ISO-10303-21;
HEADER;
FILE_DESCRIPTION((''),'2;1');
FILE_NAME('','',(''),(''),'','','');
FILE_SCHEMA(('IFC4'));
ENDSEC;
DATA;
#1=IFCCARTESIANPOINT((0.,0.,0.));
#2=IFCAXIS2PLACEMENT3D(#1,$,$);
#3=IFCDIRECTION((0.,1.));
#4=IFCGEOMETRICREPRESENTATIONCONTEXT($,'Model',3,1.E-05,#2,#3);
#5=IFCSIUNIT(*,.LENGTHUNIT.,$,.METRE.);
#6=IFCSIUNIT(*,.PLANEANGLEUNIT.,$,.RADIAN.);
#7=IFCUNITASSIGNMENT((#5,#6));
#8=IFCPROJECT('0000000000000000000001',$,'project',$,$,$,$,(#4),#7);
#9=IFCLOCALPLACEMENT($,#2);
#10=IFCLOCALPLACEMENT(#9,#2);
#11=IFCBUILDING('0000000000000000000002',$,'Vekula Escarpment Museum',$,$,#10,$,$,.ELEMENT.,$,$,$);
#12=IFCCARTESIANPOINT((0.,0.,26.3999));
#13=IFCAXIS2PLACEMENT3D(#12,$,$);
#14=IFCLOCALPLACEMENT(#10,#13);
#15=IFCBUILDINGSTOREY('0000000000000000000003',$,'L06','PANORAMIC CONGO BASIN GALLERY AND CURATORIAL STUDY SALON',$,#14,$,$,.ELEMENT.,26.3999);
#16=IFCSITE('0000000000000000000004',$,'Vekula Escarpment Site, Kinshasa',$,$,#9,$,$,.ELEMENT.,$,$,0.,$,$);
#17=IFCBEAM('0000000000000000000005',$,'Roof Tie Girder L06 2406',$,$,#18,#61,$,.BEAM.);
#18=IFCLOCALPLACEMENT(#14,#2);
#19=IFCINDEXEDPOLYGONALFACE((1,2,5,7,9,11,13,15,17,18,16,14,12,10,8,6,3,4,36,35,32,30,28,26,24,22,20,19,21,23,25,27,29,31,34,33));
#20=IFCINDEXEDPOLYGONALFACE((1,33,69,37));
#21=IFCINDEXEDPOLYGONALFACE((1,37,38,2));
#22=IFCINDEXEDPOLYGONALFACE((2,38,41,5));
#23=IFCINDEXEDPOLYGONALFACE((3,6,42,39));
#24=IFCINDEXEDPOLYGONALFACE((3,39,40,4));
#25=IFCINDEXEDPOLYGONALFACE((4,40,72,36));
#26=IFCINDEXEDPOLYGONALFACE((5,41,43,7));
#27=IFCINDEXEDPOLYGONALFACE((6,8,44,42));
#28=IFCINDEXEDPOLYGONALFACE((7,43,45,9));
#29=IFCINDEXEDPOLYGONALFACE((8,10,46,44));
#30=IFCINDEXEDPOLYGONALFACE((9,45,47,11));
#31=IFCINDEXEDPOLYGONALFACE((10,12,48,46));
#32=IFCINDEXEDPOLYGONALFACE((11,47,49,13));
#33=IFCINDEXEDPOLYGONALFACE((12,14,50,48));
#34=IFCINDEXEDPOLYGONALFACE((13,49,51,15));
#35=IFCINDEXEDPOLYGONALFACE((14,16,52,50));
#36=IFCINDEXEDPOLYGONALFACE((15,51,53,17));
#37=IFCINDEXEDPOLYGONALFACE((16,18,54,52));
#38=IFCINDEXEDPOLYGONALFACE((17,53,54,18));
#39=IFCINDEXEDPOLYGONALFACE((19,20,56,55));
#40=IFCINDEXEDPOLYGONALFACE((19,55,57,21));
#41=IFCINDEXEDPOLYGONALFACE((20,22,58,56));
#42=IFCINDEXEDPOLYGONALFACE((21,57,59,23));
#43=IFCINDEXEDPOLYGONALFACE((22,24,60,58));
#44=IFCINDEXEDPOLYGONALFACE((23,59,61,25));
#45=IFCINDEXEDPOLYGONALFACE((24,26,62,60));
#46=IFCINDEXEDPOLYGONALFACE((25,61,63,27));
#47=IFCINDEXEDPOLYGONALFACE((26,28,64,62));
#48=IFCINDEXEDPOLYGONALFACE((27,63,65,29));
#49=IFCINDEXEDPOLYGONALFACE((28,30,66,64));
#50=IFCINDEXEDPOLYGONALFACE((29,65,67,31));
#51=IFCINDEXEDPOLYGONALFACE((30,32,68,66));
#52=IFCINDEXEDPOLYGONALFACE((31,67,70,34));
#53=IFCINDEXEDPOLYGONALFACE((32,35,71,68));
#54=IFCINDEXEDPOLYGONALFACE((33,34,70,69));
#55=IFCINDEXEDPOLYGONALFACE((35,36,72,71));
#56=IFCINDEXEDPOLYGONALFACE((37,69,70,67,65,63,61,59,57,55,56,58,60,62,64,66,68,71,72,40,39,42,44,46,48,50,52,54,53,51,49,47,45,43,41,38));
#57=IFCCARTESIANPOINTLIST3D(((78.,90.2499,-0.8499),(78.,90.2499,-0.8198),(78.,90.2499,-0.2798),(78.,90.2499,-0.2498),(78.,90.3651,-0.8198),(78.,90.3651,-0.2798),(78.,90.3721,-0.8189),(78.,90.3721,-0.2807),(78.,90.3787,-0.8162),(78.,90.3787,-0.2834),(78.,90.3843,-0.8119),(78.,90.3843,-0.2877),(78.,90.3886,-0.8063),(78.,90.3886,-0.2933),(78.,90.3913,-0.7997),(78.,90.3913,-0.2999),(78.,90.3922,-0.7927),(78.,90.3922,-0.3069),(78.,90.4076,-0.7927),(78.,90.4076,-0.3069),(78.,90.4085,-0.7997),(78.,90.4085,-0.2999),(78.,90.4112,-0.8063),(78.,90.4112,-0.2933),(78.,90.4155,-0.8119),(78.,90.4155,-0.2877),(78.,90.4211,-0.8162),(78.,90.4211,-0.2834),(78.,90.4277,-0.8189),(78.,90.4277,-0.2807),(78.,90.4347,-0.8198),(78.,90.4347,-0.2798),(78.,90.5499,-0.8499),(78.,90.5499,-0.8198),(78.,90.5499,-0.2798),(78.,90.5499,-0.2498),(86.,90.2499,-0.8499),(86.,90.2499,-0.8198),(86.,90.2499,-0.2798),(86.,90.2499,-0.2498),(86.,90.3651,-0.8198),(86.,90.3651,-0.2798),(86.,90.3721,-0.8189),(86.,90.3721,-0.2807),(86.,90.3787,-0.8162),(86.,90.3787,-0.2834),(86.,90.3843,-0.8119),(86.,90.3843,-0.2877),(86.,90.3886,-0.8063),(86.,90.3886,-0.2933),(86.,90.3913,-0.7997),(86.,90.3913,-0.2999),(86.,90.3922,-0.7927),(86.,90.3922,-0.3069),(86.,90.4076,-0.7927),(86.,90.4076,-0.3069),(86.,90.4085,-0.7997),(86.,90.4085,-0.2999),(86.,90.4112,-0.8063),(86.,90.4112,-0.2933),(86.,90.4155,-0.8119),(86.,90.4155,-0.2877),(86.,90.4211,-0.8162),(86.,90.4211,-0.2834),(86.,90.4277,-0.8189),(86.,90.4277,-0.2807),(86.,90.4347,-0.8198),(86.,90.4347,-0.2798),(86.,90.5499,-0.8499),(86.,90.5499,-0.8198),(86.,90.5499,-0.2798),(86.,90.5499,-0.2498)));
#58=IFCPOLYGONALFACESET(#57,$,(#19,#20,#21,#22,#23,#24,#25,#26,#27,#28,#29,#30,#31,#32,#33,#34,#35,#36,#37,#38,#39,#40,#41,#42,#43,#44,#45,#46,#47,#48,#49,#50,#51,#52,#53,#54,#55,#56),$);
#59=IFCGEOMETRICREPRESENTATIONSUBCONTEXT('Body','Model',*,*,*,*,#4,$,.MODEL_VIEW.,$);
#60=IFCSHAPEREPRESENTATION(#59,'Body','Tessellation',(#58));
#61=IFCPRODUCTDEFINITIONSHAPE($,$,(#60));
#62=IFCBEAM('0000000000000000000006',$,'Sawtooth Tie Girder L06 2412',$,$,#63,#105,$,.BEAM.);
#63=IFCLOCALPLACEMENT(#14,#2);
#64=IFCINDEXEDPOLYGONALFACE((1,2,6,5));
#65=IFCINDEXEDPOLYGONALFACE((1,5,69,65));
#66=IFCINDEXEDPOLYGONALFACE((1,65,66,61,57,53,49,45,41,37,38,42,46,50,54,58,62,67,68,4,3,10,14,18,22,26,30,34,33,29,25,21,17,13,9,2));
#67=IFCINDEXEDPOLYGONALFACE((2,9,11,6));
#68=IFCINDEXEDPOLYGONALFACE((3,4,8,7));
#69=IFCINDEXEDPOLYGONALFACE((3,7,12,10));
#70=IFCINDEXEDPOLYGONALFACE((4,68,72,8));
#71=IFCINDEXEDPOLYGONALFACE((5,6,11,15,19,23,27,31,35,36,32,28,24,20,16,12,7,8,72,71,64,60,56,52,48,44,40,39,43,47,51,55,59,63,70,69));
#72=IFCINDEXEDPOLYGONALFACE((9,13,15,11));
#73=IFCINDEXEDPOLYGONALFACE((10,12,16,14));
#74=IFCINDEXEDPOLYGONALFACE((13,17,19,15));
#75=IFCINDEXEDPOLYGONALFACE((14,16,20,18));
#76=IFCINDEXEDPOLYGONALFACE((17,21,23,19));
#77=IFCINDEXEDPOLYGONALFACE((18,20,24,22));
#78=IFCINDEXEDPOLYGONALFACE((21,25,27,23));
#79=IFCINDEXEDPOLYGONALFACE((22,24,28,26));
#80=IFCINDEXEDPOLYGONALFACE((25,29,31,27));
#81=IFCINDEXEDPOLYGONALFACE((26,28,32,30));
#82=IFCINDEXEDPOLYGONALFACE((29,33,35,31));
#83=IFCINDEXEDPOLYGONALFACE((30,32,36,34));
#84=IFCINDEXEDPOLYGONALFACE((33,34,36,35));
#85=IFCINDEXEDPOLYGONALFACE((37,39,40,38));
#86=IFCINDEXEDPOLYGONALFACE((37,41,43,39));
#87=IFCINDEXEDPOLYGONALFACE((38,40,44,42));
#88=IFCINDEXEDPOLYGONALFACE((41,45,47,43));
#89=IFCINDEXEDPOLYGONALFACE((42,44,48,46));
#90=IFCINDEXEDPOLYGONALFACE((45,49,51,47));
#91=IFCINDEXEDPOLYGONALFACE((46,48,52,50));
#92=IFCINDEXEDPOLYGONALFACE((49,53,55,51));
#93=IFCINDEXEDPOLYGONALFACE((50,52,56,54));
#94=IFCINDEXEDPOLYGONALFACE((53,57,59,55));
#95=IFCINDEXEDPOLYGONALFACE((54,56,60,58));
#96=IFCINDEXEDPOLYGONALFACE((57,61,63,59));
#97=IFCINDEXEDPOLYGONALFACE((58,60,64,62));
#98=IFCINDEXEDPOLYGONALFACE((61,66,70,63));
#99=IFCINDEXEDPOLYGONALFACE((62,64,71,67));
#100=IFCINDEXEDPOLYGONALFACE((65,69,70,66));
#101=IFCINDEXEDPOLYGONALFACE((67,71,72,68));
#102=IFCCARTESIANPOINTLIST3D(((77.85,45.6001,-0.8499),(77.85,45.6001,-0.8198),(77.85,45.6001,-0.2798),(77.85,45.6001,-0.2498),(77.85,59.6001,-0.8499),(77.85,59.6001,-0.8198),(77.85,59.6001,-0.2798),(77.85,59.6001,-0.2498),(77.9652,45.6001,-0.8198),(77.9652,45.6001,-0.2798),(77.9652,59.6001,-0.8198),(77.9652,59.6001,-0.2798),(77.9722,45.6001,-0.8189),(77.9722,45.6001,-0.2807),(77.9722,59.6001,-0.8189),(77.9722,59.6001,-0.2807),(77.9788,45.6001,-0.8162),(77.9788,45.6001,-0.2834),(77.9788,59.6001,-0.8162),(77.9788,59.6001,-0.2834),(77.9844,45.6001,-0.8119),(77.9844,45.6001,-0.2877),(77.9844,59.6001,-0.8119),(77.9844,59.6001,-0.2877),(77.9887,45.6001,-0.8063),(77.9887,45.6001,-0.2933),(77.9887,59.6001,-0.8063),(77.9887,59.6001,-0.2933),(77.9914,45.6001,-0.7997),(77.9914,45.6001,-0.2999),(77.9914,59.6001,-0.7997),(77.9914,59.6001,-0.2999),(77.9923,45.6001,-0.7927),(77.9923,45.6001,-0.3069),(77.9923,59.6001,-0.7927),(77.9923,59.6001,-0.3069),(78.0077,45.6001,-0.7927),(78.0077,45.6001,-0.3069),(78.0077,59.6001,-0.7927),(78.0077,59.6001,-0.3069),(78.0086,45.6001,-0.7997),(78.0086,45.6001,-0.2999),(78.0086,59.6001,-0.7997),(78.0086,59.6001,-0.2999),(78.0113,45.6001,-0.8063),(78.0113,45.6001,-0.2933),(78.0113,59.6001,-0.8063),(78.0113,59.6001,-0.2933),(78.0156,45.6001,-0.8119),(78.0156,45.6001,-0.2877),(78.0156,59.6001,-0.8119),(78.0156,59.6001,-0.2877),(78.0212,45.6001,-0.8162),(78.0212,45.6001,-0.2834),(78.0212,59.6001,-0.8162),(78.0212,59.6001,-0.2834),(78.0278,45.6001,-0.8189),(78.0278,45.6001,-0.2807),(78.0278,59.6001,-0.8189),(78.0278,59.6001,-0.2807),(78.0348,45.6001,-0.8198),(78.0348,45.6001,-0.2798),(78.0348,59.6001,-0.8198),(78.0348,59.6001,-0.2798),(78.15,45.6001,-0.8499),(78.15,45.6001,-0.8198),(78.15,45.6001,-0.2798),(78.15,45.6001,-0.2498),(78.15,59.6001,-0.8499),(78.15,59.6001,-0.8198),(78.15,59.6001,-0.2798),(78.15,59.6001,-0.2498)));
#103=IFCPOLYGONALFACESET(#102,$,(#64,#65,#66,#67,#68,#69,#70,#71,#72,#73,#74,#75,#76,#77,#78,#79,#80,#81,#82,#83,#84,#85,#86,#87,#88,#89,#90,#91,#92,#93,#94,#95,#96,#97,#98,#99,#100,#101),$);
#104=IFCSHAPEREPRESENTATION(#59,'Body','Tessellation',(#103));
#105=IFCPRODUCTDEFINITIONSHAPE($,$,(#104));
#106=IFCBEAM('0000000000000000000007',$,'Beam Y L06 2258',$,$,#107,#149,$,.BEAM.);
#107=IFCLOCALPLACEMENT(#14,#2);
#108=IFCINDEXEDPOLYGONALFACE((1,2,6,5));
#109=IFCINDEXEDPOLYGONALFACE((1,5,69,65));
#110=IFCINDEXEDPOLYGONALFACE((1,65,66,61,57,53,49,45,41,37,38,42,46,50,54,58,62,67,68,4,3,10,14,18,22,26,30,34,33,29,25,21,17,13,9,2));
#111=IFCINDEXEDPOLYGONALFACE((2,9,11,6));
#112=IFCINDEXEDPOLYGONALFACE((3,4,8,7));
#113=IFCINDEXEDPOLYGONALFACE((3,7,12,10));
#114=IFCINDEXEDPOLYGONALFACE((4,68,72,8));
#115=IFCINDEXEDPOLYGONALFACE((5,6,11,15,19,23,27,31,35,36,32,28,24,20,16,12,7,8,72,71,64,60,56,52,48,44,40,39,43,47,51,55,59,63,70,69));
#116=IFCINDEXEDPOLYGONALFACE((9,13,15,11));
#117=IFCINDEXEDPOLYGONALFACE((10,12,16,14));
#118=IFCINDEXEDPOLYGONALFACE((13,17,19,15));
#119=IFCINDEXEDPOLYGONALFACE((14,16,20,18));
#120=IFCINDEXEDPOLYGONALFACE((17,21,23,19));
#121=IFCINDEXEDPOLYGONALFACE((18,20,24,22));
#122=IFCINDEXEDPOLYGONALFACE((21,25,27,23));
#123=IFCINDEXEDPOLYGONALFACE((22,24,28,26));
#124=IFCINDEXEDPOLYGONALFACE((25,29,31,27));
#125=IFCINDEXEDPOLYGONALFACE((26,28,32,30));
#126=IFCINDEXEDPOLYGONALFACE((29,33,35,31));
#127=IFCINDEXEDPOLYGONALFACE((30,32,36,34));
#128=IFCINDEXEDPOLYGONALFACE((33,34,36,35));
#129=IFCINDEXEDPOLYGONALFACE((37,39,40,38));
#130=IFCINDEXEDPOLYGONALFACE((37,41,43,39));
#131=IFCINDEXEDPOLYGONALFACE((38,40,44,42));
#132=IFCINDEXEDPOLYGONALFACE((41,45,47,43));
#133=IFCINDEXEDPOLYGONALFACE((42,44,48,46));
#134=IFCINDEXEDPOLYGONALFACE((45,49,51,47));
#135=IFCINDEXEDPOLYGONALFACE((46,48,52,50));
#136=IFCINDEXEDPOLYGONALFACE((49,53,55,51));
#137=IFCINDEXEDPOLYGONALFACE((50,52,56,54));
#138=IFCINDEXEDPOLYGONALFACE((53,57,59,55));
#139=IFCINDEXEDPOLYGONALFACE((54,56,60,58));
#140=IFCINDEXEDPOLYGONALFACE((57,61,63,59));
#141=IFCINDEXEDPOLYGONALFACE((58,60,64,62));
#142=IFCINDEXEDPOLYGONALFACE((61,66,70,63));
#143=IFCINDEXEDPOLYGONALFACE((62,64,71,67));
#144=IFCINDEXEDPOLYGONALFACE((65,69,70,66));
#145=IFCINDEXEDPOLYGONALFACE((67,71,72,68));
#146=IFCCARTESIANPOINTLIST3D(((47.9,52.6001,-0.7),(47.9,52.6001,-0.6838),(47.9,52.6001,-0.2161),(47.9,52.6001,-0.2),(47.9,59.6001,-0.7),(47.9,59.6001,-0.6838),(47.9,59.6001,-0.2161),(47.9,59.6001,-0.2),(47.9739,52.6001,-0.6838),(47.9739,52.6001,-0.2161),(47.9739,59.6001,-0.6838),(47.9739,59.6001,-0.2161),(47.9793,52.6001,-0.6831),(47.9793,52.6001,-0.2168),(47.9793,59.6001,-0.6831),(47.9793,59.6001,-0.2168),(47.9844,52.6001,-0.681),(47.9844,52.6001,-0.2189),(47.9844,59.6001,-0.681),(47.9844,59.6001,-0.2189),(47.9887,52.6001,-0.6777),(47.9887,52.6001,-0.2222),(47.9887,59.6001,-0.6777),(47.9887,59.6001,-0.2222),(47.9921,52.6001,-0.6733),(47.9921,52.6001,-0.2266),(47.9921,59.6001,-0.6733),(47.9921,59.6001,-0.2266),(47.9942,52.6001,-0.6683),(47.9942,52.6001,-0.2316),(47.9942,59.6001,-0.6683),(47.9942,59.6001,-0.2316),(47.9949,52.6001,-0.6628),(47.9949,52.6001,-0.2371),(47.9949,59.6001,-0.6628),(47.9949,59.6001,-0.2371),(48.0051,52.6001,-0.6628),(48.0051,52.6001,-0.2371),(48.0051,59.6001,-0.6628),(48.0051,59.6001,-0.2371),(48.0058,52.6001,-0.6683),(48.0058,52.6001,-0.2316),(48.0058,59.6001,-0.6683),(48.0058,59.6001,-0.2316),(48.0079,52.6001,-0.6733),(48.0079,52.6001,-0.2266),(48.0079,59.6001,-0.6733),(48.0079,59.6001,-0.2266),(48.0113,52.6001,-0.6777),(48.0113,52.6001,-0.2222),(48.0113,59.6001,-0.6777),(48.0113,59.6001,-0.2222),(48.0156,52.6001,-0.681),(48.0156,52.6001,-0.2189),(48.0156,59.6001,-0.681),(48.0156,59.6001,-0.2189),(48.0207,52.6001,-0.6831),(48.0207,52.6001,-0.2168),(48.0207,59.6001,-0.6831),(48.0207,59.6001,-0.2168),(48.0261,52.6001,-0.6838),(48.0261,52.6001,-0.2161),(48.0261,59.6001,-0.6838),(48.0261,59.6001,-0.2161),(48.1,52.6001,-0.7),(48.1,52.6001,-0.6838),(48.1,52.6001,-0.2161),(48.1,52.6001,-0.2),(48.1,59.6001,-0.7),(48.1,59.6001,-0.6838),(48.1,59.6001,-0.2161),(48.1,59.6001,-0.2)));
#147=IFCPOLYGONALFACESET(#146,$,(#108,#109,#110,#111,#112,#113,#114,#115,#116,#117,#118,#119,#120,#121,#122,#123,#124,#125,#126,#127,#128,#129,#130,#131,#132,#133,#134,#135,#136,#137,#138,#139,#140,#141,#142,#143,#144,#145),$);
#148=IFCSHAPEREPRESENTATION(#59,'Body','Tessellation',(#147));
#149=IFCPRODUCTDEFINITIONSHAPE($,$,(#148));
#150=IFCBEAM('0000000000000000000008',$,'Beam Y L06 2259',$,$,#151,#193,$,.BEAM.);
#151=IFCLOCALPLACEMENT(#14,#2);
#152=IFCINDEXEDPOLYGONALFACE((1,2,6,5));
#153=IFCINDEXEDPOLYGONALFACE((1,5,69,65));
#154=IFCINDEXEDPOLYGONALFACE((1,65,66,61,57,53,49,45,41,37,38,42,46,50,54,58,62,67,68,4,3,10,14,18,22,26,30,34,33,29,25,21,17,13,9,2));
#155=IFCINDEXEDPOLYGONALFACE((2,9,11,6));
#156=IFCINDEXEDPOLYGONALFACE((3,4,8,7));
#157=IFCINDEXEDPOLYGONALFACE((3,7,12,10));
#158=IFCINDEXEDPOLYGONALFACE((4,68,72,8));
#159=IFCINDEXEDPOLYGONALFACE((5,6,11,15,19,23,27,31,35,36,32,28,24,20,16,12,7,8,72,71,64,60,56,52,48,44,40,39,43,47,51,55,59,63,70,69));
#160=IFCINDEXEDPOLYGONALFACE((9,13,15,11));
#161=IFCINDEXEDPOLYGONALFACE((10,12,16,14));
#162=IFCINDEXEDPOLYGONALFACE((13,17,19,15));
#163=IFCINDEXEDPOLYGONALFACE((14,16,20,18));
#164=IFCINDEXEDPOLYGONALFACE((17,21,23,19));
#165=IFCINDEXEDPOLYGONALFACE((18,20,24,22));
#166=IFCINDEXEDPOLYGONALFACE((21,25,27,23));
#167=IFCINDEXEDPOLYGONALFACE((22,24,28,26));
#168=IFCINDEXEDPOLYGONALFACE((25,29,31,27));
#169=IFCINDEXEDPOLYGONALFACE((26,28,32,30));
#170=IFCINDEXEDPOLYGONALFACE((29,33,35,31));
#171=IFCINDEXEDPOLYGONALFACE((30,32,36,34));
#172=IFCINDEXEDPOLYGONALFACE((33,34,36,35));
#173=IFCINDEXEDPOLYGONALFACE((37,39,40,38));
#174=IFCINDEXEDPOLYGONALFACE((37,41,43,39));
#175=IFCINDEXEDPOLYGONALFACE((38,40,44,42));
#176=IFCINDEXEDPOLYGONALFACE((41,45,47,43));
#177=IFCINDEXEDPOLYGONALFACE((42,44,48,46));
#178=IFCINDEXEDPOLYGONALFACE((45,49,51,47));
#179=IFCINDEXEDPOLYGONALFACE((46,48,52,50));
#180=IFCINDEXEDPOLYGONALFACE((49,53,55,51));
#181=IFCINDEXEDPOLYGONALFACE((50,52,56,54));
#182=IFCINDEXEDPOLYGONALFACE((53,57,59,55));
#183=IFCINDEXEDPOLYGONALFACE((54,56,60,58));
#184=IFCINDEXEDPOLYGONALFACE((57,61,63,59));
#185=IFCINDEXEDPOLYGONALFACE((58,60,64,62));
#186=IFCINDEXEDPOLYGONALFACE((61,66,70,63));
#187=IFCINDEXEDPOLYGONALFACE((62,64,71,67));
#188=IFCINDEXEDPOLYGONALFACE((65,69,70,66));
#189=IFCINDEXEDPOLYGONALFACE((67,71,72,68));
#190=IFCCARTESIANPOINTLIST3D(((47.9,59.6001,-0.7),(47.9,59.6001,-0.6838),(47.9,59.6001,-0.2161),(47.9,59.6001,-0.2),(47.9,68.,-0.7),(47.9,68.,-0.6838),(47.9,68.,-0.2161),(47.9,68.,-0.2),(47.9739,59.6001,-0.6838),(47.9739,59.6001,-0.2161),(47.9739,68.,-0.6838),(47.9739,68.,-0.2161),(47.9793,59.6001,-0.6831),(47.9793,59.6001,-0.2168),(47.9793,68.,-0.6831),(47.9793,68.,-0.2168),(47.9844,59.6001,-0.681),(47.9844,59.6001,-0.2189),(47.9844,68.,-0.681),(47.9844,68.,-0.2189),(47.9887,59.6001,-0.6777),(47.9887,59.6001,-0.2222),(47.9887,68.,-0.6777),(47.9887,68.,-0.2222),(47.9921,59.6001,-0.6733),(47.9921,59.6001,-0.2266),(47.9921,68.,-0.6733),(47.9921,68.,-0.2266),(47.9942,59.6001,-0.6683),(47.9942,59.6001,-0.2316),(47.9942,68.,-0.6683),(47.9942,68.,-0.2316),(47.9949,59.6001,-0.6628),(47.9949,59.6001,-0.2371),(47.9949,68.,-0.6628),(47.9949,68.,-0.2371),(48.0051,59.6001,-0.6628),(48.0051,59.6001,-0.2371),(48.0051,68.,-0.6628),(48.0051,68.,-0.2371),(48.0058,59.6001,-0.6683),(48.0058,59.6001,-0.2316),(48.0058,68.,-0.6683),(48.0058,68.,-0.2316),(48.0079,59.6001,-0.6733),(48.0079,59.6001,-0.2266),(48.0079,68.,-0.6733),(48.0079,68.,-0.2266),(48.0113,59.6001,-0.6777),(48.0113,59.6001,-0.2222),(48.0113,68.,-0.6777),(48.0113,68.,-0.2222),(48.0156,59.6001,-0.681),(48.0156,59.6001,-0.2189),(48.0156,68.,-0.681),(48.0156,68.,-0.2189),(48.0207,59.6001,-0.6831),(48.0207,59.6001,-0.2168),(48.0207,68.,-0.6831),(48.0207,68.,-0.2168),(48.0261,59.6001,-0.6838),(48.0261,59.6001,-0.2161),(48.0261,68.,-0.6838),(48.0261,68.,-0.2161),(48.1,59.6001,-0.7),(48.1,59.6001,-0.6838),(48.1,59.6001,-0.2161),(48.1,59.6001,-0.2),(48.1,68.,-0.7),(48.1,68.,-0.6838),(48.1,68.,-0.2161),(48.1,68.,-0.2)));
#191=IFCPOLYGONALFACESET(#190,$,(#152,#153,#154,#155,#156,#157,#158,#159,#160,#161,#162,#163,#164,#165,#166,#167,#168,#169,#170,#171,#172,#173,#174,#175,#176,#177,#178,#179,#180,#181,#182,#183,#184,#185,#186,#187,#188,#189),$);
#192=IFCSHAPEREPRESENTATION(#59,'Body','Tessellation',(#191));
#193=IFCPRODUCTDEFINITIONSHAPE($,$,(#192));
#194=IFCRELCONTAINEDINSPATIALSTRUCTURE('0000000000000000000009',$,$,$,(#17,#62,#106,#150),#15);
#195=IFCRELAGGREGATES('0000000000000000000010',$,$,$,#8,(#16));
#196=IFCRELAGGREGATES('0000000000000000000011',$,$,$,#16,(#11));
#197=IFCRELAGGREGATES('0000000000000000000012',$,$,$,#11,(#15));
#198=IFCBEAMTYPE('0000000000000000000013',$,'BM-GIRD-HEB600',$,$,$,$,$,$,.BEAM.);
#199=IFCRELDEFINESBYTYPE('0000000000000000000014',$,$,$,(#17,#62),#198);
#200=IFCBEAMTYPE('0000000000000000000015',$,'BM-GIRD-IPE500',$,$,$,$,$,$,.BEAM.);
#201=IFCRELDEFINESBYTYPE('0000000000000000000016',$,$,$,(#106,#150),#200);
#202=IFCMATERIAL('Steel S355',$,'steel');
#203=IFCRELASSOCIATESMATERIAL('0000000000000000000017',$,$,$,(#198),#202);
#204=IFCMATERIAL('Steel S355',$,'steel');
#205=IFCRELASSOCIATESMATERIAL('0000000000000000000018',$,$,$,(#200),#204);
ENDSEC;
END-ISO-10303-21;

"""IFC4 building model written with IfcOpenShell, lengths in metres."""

from ifc_helpers import new_model, si_unit, direction, frame, origin, origin_2d, place, context, subcontext, project, spatial, i_section, extrude, material, material_profile, profile_set, type_object, element, save


model = new_model("IFC4")

# Units and contexts
model_context = context("Model", 3, precision=1e-05, world=origin(), true_north=direction((0.0, 1.0)))
body_context = subcontext(model_context, "Body", "Model", "MODEL_VIEW")
ifc_project = project(units=[si_unit("LENGTHUNIT", "METRE"), si_unit("PLANEANGLEUNIT", "RADIAN")], contexts=[model_context])

# Site, building, storey
site_placement = place(None, origin())
site = spatial("IfcSite", under=ifc_project, at=site_placement, Name="Vekula Escarpment Site, Kinshasa", CompositionType="ELEMENT", RefElevation=0.0)
building_placement = place(site_placement, origin())
building = spatial("IfcBuilding", under=site, at=building_placement, Name="Vekula Escarpment Museum", CompositionType="ELEMENT")
storey_placement = place(building_placement, frame((0.0, 0.0, 26.3999)))
storey = spatial("IfcBuildingStorey", under=building, at=storey_placement, Name="L06", Description="PANORAMIC CONGO BASIN GALLERY AND CURATORIAL STUDY SALON", CompositionType="ELEMENT", Elevation=26.3999)

# Beams
ifc_material_1 = material(Name="Steel S355", Category="steel")
ifc_material_profile_1 = material_profile(ifc_material_1, i_section(OverallWidth=0.3, OverallDepth=0.6001, WebThickness=0.0154, FlangeThickness=0.03, FilletRadius=0.0271, at=origin_2d()), Name="HEB 600")
ifc_profile_set_1 = profile_set([ifc_material_profile_1], Name="Steel S355")
beam_type_1 = type_object("IfcBeamType", Name="BM-GIRD-HEB600", PredefinedType="BEAM", material=ifc_profile_set_1)
for number, where, z_axis, x_axis, name in (
    (1, (78.0, 90.3999, -0.5498), (1.0, 0.0, 0.0), (0.0, 1.0, 0.0), "Roof Tie Girder L06 2406"),
):
    element("IfcBeam", number, at=place(storey_placement, frame(where, z_axis=z_axis, x_axis=x_axis)), inside=storey, type_object=beam_type_1, Name=name, PredefinedType="BEAM", context=body_context, shape_type="SweptSolid", body=[
        extrude(i_section(OverallWidth=0.3, OverallDepth=0.6001, WebThickness=0.0154, FlangeThickness=0.03, FilletRadius=0.0271, at=origin_2d()), origin(), (0.0, 0.0, 1.0), 8.0),
    ])
beam_1_placement = place(storey_placement, frame((78.0, 45.6001, -0.5498), z_axis=(0.0, 1.0, 0.0), x_axis=(-1.0, 0.0, 0.0)))
element("IfcBeam", 2, at=beam_1_placement, inside=storey, type_object=beam_type_1, Name="Sawtooth Tie Girder L06 2412", PredefinedType="BEAM", context=body_context, shape_type="SweptSolid", body=[
    extrude(i_section(OverallWidth=0.3, OverallDepth=0.6001, WebThickness=0.0154, FlangeThickness=0.03, FilletRadius=0.0271, at=origin_2d()), origin(), (0.0, 0.0, 1.0), 14.0),
])
ifc_material_2 = material(Name="Steel S355", Category="steel")
ifc_material_profile_2 = material_profile(ifc_material_2, i_section(OverallWidth=0.2, OverallDepth=0.5, WebThickness=0.0103, FlangeThickness=0.0161, FilletRadius=0.021, at=origin_2d()), Name="IPE 500")
ifc_profile_set_2 = profile_set([ifc_material_profile_2], Name="Steel S355")
beam_type_2 = type_object("IfcBeamType", Name="BM-GIRD-IPE500", PredefinedType="BEAM", material=ifc_profile_set_2)
beam_2_placement = place(storey_placement, frame((48.0, 52.6001, -0.45), z_axis=(0.0, 1.0, 0.0), x_axis=(-1.0, 0.0, 0.0)))
element("IfcBeam", 3, at=beam_2_placement, inside=storey, type_object=beam_type_2, Name="Beam Y L06 2258", PredefinedType="BEAM", context=body_context, shape_type="SweptSolid", body=[
    extrude(i_section(OverallWidth=0.2, OverallDepth=0.5, WebThickness=0.0103, FlangeThickness=0.0161, FilletRadius=0.021, at=origin_2d()), origin(), (0.0, 0.0, 1.0), 7.0),
])
for number, where, z_axis, x_axis, name in (
    (4, (48.0, 59.6001, -0.45), (0.0, 1.0, 0.0), (-1.0, 0.0, 0.0), "Beam Y L06 2259"),
):
    element("IfcBeam", number, at=place(storey_placement, frame(where, z_axis=z_axis, x_axis=x_axis)), inside=storey, type_object=beam_type_2, Name=name, PredefinedType="BEAM", context=body_context, shape_type="SweptSolid", body=[
        extrude(i_section(OverallWidth=0.2, OverallDepth=0.5, WebThickness=0.0103, FlangeThickness=0.0161, FilletRadius=0.021, at=origin_2d()), origin(), (0.0, 0.0, 1.0), 8.3999),
    ])

save(model, "model.ifc")
